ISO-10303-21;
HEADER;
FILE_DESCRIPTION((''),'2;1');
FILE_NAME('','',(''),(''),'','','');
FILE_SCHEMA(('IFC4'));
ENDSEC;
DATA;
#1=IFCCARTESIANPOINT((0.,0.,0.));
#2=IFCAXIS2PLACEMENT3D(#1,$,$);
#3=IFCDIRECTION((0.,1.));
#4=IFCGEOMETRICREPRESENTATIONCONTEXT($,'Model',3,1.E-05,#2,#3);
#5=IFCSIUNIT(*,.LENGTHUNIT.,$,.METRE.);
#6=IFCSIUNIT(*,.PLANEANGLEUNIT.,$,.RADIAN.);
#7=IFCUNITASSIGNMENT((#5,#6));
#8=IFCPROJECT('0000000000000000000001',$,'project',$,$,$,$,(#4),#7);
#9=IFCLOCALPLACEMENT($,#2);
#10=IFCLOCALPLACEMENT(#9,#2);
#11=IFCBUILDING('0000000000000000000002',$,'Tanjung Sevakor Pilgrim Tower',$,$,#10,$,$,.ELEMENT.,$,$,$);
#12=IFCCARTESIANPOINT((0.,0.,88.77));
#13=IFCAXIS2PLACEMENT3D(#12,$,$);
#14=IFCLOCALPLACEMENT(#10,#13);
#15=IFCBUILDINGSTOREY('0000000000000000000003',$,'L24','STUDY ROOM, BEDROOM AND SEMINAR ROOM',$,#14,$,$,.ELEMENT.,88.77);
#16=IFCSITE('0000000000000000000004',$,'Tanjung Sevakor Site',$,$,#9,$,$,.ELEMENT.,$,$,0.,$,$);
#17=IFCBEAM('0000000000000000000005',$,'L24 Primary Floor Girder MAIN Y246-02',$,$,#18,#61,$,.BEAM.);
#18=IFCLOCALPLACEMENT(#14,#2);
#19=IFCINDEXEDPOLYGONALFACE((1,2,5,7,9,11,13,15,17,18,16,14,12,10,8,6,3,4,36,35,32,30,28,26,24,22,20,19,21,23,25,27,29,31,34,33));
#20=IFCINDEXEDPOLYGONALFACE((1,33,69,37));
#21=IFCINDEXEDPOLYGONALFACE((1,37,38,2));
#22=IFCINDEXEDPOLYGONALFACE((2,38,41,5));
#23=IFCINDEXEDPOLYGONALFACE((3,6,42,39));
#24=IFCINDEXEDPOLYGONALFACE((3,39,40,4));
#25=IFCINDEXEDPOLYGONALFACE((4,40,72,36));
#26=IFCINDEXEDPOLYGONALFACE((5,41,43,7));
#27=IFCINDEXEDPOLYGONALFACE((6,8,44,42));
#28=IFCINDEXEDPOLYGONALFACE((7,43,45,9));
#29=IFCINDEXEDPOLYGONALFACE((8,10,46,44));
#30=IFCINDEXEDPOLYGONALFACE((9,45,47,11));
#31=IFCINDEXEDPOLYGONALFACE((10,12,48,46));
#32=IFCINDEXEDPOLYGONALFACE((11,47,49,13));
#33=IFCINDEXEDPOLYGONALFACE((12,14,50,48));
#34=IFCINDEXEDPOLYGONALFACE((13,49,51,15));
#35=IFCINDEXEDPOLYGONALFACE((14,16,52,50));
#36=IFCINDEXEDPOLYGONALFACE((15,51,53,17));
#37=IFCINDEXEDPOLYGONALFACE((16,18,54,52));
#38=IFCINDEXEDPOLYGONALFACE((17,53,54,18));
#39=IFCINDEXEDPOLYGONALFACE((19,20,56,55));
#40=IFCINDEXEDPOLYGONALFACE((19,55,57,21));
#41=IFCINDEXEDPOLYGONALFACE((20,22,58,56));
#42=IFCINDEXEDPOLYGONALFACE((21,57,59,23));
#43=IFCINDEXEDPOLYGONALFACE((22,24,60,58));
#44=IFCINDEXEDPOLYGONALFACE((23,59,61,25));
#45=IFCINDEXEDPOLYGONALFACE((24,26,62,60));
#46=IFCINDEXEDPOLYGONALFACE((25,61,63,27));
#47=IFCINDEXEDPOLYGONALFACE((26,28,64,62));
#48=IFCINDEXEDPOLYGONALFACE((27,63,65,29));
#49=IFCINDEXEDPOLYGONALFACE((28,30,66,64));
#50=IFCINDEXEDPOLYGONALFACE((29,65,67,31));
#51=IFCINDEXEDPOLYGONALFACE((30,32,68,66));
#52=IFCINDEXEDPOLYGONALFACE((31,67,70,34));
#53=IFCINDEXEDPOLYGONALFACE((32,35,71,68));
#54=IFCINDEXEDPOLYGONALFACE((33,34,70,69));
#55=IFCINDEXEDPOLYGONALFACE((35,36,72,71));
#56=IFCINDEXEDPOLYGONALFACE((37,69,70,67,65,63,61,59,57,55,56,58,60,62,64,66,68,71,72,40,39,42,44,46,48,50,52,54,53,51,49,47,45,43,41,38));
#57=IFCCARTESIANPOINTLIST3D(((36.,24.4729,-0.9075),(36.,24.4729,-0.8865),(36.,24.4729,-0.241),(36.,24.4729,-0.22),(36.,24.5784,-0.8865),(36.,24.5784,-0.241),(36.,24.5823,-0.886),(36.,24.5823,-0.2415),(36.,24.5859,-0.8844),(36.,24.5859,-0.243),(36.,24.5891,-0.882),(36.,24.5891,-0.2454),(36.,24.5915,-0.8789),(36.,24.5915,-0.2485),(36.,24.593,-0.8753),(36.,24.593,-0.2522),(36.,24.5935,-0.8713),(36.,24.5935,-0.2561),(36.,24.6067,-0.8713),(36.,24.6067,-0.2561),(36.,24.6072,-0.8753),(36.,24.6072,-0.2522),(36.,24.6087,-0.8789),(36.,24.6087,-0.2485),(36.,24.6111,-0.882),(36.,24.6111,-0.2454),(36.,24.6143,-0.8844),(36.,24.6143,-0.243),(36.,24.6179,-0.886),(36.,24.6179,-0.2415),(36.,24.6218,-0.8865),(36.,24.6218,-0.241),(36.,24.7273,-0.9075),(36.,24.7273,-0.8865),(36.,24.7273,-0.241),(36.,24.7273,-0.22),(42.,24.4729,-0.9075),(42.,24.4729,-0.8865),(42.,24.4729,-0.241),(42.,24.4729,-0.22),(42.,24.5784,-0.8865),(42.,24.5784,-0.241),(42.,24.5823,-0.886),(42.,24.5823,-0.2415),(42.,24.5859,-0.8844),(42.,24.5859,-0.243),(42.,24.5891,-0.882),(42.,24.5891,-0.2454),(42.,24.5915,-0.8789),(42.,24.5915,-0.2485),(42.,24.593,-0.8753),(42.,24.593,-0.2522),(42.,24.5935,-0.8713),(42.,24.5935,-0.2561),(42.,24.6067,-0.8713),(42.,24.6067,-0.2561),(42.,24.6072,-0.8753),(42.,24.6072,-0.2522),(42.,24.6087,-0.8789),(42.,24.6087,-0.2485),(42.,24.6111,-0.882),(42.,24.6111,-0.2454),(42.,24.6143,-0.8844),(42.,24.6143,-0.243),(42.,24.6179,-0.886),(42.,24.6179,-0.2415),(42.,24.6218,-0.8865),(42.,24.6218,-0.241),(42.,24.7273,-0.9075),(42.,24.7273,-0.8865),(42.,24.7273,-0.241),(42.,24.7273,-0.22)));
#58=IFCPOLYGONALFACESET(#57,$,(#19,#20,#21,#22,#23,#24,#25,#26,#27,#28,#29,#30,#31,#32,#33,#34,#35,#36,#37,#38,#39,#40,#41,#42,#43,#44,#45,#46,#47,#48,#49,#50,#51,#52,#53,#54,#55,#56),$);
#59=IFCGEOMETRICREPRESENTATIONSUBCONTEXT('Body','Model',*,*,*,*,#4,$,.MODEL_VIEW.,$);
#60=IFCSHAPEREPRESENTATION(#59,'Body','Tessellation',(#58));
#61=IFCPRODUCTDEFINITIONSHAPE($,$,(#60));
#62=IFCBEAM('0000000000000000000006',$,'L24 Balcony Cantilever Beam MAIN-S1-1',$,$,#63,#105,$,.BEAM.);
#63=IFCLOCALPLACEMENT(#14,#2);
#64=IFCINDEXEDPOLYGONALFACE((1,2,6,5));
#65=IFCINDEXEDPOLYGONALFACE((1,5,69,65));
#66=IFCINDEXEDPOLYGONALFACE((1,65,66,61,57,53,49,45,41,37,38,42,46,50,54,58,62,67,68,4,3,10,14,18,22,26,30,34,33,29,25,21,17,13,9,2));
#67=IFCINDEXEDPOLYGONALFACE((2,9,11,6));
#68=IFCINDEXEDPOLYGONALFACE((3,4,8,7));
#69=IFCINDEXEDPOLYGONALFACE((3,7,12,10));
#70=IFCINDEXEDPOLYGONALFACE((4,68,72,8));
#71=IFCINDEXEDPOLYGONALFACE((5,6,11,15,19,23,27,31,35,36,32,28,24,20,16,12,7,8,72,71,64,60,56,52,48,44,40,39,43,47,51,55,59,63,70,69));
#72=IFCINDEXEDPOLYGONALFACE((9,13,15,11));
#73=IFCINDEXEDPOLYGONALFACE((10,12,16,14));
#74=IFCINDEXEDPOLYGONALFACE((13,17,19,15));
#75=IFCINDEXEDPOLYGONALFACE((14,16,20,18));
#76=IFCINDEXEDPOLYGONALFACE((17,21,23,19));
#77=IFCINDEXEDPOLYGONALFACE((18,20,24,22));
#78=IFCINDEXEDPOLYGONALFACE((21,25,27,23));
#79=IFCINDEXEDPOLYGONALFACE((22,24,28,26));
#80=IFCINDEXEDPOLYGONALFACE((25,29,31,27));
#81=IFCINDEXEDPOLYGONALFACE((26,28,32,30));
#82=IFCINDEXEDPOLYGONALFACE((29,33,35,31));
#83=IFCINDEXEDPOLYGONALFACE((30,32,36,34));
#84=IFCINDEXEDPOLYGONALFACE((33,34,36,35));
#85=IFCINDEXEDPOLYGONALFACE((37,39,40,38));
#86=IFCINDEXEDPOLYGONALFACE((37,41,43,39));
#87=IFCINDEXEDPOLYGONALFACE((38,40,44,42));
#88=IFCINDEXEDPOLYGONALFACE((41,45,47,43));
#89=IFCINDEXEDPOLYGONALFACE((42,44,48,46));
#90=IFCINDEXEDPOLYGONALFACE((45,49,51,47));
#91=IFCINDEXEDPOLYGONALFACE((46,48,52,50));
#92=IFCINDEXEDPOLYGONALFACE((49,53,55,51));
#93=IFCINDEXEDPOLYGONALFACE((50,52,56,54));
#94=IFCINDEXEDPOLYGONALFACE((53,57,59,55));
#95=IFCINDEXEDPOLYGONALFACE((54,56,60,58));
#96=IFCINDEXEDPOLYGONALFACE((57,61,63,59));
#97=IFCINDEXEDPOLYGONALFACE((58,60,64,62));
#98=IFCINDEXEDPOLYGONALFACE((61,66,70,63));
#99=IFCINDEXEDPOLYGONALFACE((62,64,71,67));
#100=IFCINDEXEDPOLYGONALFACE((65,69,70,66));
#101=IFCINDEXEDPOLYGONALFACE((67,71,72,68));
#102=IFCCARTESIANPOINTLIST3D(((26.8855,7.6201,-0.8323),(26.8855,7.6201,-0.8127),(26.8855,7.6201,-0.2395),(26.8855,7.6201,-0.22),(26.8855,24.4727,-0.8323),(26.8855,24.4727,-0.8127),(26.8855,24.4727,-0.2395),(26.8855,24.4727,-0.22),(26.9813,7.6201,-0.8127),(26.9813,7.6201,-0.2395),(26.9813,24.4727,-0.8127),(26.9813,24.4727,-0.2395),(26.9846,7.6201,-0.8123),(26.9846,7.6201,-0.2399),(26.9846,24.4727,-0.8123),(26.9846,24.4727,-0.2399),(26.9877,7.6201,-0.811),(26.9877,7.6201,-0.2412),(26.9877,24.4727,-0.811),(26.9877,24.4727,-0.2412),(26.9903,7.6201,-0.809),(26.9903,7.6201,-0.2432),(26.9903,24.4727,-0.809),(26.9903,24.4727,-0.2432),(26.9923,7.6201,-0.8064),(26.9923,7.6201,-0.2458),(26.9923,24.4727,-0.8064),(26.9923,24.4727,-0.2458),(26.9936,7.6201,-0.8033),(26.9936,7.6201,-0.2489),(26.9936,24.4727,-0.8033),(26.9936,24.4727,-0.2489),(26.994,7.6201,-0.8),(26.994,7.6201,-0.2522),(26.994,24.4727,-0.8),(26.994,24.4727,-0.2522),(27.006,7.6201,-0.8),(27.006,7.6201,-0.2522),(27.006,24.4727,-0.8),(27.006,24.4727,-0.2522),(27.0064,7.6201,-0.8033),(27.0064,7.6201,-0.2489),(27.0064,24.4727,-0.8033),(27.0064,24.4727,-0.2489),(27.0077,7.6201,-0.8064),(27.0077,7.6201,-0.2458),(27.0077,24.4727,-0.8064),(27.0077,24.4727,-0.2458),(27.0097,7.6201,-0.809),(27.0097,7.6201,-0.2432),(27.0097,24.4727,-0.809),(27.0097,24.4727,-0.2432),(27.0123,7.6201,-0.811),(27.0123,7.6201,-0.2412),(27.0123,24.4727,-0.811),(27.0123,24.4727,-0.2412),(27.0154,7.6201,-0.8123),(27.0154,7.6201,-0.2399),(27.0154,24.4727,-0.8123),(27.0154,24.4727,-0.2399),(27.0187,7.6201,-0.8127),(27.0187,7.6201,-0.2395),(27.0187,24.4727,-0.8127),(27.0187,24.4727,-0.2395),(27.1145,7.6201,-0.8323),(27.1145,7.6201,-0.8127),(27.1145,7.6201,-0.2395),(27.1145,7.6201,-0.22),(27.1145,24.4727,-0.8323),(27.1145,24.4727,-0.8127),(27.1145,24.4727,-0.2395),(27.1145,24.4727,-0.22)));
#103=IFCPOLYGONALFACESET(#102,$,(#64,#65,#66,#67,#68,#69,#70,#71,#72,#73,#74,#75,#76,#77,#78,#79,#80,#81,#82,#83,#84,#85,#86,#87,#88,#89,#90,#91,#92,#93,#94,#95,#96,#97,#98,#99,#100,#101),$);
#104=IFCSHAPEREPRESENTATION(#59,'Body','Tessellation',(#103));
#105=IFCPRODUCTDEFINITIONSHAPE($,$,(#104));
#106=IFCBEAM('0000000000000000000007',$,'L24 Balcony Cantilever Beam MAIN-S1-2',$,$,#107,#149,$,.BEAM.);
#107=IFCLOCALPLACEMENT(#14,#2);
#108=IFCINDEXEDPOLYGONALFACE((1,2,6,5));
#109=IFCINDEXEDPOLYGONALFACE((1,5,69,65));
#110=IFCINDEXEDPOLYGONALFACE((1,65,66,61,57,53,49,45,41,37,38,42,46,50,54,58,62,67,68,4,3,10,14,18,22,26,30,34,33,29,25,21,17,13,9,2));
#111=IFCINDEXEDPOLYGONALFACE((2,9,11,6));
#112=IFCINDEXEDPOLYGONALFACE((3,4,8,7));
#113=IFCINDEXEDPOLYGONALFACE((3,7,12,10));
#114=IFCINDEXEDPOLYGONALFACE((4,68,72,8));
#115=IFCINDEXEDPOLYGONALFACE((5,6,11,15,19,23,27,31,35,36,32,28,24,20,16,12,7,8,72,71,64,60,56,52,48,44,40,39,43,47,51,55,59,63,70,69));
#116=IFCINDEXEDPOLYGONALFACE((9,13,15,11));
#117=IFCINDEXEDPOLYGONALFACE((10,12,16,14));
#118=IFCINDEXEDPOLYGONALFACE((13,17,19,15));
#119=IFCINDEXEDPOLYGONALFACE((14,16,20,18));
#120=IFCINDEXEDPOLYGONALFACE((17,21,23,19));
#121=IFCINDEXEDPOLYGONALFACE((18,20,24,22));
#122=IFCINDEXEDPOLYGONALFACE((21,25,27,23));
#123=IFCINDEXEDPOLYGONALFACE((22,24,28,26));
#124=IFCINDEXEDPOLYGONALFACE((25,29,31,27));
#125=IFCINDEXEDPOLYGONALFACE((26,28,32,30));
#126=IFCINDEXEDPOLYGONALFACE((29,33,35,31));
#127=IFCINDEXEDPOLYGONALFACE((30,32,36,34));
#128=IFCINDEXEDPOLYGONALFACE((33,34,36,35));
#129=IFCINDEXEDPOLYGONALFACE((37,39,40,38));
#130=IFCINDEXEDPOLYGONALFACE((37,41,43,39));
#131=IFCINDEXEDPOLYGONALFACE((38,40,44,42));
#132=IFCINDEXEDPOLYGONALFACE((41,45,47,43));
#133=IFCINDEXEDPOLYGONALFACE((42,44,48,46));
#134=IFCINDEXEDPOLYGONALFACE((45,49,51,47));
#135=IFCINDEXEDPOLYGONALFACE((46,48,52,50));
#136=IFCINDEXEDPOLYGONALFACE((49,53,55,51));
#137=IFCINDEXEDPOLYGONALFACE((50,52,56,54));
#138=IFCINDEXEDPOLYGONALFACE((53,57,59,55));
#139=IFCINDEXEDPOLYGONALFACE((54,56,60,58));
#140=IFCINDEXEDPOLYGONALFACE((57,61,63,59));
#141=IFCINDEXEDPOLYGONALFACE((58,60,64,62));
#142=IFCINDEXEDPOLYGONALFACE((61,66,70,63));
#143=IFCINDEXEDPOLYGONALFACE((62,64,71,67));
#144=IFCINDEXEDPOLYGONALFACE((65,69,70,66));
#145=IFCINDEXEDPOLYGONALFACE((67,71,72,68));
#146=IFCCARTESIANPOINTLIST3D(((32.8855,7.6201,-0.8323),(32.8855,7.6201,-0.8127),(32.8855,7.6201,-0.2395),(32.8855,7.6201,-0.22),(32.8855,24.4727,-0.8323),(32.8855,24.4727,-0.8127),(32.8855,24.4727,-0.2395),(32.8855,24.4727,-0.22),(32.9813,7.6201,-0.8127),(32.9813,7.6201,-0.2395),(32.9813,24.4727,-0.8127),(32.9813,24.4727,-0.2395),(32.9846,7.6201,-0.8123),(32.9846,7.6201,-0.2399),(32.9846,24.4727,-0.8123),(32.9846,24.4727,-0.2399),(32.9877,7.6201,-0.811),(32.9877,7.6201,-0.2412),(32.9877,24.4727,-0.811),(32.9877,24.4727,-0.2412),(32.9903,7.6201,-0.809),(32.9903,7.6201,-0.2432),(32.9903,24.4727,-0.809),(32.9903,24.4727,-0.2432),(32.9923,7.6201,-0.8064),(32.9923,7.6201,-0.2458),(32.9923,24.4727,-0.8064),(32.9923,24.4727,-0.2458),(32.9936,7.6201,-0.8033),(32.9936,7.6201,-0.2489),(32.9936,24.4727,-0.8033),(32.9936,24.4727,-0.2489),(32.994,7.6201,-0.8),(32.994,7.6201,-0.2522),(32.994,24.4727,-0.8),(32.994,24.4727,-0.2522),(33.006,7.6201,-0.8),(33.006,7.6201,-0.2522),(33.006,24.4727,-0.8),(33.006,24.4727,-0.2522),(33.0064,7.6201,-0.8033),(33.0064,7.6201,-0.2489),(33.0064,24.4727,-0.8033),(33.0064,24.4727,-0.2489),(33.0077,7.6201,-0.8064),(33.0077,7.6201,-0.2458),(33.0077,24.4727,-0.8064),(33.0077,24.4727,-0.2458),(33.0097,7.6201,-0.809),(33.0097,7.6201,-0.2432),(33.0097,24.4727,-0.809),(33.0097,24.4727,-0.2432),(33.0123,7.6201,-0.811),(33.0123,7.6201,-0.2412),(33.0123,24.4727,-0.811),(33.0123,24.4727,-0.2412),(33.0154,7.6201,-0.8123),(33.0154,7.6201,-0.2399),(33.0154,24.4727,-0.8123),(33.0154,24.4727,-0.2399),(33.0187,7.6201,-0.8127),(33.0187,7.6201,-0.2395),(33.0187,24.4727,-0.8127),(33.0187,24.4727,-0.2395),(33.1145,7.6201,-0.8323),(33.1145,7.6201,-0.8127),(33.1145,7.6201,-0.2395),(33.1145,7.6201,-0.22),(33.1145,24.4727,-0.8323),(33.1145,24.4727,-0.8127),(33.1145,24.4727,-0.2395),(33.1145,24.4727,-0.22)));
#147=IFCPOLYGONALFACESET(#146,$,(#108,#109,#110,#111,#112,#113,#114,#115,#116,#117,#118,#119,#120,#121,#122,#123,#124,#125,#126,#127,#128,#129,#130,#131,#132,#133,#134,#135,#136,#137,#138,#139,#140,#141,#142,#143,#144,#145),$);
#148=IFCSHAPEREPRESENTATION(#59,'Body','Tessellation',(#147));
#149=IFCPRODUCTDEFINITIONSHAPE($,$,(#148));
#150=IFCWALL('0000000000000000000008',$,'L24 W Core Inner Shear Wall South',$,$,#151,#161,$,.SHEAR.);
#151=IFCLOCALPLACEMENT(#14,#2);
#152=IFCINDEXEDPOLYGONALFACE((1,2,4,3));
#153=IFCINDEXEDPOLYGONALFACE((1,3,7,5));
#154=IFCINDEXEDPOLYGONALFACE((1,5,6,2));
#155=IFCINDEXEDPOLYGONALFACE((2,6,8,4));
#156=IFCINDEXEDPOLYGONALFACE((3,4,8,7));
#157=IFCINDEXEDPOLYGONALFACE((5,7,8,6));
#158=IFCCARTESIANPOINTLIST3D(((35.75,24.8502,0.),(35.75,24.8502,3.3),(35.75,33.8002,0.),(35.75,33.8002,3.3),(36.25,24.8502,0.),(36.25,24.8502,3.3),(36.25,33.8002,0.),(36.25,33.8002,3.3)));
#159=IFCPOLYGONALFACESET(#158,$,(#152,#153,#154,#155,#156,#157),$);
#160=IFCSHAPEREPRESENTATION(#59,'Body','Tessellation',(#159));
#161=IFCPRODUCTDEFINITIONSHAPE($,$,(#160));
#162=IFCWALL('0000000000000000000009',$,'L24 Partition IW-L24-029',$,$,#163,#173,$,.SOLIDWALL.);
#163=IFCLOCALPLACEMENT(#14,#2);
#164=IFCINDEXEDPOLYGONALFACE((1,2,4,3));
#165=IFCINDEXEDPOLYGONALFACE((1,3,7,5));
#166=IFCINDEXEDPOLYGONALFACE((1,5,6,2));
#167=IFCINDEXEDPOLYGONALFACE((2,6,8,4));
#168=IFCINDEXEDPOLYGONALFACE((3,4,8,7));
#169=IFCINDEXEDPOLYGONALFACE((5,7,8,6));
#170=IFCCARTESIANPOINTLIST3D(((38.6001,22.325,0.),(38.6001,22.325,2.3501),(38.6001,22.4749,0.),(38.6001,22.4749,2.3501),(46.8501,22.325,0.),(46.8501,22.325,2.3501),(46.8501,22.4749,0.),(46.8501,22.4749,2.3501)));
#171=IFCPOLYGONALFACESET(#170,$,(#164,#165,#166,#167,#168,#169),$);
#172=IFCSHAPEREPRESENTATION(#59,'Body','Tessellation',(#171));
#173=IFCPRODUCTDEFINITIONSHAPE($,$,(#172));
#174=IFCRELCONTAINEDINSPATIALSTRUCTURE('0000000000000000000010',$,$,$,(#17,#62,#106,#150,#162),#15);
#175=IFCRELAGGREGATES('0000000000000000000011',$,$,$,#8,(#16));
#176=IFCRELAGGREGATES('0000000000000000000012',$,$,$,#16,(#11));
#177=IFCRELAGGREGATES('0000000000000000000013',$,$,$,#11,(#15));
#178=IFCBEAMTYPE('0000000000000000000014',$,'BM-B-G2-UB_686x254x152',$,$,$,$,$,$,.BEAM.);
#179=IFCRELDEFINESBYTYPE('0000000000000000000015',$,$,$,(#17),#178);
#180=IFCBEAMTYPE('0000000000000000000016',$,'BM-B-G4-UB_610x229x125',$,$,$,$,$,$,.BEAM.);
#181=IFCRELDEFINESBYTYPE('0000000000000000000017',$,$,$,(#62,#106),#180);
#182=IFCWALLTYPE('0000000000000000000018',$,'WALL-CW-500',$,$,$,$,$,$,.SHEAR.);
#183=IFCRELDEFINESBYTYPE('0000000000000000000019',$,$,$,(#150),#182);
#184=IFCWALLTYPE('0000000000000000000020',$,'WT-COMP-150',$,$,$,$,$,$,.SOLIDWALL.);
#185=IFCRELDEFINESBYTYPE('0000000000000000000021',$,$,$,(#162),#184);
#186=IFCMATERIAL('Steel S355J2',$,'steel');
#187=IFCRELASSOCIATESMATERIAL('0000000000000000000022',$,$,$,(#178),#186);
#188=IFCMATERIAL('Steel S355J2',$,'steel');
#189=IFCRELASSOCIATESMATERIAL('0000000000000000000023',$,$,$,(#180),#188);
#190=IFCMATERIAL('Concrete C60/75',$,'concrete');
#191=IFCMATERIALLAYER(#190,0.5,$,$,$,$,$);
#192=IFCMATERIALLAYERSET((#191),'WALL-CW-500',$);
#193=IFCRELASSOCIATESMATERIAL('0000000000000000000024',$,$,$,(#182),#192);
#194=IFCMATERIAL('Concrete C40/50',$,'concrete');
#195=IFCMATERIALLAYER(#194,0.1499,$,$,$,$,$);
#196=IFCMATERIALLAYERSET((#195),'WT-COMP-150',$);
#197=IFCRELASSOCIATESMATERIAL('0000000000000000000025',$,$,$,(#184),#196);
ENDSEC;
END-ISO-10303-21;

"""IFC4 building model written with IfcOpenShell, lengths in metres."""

from ifc_helpers import new_model, si_unit, direction, frame, frame_2d, origin, origin_2d, place, context, subcontext, project, spatial, rectangle, i_section, extrude, material, layer, layer_set, material_profile, profile_set, type_object, element, save


model = new_model("IFC4")

# Units and contexts
model_context = context("Model", 3, precision=1e-05, world=origin(), true_north=direction((0.0, 1.0)))
body_context = subcontext(model_context, "Body", "Model", "MODEL_VIEW")
ifc_project = project(units=[si_unit("LENGTHUNIT", "METRE"), si_unit("PLANEANGLEUNIT", "RADIAN")], contexts=[model_context])

# Site, building, storey
site_placement = place(None, origin())
site = spatial("IfcSite", under=ifc_project, at=site_placement, Name="Tanjung Sevakor Site", CompositionType="ELEMENT", RefElevation=0.0)
building_placement = place(site_placement, origin())
building = spatial("IfcBuilding", under=site, at=building_placement, Name="Tanjung Sevakor Pilgrim Tower", CompositionType="ELEMENT")
storey_placement = place(building_placement, frame((0.0, 0.0, 88.77)))
storey = spatial("IfcBuildingStorey", under=building, at=storey_placement, Name="L24", Description="STUDY ROOM, BEDROOM AND SEMINAR ROOM", CompositionType="ELEMENT", Elevation=88.77)

# Beams
ifc_material_1 = material(Name="Steel S355J2", Category="steel")
ifc_material_profile_1 = material_profile(ifc_material_1, i_section(OverallWidth=0.2544, OverallDepth=0.6875, WebThickness=0.0132, FlangeThickness=0.021, FilletRadius=0.0151, at=origin_2d()))
ifc_profile_set_1 = profile_set([ifc_material_profile_1], Name="Steel S355J2")
beam_type_1 = type_object("IfcBeamType", Name="BM-B-G2-UB_686x254x152", PredefinedType="BEAM", material=ifc_profile_set_1)
beam_placement = place(storey_placement, frame((36.0, 24.6001, -0.5637), z_axis=(1.0, 0.0, 0.0), x_axis=(0.0, 1.0, 0.0)))
element("IfcBeam", 1, at=beam_placement, inside=storey, type_object=beam_type_1, Name="L24 Primary Floor Girder MAIN Y246-02", PredefinedType="BEAM", context=body_context, shape_type="SweptSolid", body=[
    extrude(i_section(OverallWidth=0.2544, OverallDepth=0.6875, WebThickness=0.0132, FlangeThickness=0.021, FilletRadius=0.0151, at=origin_2d()), origin(), (0.0, 0.0, 1.0), 6.0),
])
ifc_material_2 = material(Name="Steel S355J2", Category="steel")
ifc_material_profile_2 = material_profile(ifc_material_2, i_section(OverallWidth=0.229, OverallDepth=0.6123, WebThickness=0.012, FlangeThickness=0.0195, FilletRadius=0.0127, at=origin_2d()))
ifc_profile_set_2 = profile_set([ifc_material_profile_2], Name="Steel S355J2")
beam_type_2 = type_object("IfcBeamType", Name="BM-B-G4-UB_610x229x125", PredefinedType="BEAM", material=ifc_profile_set_2)
for number, where, z_axis, x_axis, name in (
    (2, (27.0, 24.4727, -0.5261), (0.0, -1.0, 0.0), (1.0, 0.0, 0.0), "L24 Balcony Cantilever Beam MAIN-S1-1"),
    (3, (33.0, 24.4727, -0.5261), (0.0, -1.0, 0.0), (1.0, 0.0, 0.0), "L24 Balcony Cantilever Beam MAIN-S1-2"),
):
    element("IfcBeam", number, at=place(storey_placement, frame(where, z_axis=z_axis, x_axis=x_axis)), inside=storey, type_object=beam_type_2, Name=name, PredefinedType="BEAM", context=body_context, shape_type="SweptSolid", body=[
        extrude(i_section(OverallWidth=0.229, OverallDepth=0.6123, WebThickness=0.012, FlangeThickness=0.0195, FilletRadius=0.0127, at=origin_2d()), origin(), (0.0, 0.0, 1.0), 16.8525),
    ])

# Wall
ifc_material_3 = material(Name="Concrete C60/75", Category="concrete")
ifc_layer_1 = layer(ifc_material_3, 0.5)
ifc_layer_set_1 = layer_set([ifc_layer_1], Name="WALL-CW-500")
wall_type_1 = type_object("IfcWallType", Name="WALL-CW-500", PredefinedType="SHEAR", material=ifc_layer_set_1)
wall_1_placement = place(storey_placement, frame((36.0, 24.8501, 0.0), z_axis=(0.0, 0.0, 1.0), x_axis=(0.0, 1.0, 0.0)))
element("IfcWall", 4, at=wall_1_placement, inside=storey, type_object=wall_type_1, Name="L24 W Core Inner Shear Wall South", PredefinedType="SHEAR", context=body_context, shape_type="SweptSolid", body=[
    extrude(rectangle(XDim=8.95, YDim=0.5, at=frame_2d((4.4751, 0.0))), origin(), (0.0, 0.0, 1.0), 3.3),
])

# Wall
ifc_material_4 = material(Name="Concrete C40/50", Category="concrete")
ifc_layer_2 = layer(ifc_material_4, 0.1499)
ifc_layer_set_2 = layer_set([ifc_layer_2], Name="WT-COMP-150")
wall_type_2 = type_object("IfcWallType", Name="WT-COMP-150", PredefinedType="SOLIDWALL", material=ifc_layer_set_2)
wall_2_placement = place(storey_placement, frame((38.6001, 22.3999, 0.0), z_axis=(0.0, 0.0, 1.0), x_axis=(1.0, 0.0, 0.0)))
element("IfcWall", 5, at=wall_2_placement, inside=storey, type_object=wall_type_2, Name="L24 Partition IW-L24-029", PredefinedType="SOLIDWALL", context=body_context, shape_type="SweptSolid", body=[
    extrude(rectangle(XDim=8.25, YDim=0.1499, at=frame_2d((4.125, 0.0))), origin(), (0.0, 0.0, 1.0), 2.3501),
])

save(model, "model.ifc")
